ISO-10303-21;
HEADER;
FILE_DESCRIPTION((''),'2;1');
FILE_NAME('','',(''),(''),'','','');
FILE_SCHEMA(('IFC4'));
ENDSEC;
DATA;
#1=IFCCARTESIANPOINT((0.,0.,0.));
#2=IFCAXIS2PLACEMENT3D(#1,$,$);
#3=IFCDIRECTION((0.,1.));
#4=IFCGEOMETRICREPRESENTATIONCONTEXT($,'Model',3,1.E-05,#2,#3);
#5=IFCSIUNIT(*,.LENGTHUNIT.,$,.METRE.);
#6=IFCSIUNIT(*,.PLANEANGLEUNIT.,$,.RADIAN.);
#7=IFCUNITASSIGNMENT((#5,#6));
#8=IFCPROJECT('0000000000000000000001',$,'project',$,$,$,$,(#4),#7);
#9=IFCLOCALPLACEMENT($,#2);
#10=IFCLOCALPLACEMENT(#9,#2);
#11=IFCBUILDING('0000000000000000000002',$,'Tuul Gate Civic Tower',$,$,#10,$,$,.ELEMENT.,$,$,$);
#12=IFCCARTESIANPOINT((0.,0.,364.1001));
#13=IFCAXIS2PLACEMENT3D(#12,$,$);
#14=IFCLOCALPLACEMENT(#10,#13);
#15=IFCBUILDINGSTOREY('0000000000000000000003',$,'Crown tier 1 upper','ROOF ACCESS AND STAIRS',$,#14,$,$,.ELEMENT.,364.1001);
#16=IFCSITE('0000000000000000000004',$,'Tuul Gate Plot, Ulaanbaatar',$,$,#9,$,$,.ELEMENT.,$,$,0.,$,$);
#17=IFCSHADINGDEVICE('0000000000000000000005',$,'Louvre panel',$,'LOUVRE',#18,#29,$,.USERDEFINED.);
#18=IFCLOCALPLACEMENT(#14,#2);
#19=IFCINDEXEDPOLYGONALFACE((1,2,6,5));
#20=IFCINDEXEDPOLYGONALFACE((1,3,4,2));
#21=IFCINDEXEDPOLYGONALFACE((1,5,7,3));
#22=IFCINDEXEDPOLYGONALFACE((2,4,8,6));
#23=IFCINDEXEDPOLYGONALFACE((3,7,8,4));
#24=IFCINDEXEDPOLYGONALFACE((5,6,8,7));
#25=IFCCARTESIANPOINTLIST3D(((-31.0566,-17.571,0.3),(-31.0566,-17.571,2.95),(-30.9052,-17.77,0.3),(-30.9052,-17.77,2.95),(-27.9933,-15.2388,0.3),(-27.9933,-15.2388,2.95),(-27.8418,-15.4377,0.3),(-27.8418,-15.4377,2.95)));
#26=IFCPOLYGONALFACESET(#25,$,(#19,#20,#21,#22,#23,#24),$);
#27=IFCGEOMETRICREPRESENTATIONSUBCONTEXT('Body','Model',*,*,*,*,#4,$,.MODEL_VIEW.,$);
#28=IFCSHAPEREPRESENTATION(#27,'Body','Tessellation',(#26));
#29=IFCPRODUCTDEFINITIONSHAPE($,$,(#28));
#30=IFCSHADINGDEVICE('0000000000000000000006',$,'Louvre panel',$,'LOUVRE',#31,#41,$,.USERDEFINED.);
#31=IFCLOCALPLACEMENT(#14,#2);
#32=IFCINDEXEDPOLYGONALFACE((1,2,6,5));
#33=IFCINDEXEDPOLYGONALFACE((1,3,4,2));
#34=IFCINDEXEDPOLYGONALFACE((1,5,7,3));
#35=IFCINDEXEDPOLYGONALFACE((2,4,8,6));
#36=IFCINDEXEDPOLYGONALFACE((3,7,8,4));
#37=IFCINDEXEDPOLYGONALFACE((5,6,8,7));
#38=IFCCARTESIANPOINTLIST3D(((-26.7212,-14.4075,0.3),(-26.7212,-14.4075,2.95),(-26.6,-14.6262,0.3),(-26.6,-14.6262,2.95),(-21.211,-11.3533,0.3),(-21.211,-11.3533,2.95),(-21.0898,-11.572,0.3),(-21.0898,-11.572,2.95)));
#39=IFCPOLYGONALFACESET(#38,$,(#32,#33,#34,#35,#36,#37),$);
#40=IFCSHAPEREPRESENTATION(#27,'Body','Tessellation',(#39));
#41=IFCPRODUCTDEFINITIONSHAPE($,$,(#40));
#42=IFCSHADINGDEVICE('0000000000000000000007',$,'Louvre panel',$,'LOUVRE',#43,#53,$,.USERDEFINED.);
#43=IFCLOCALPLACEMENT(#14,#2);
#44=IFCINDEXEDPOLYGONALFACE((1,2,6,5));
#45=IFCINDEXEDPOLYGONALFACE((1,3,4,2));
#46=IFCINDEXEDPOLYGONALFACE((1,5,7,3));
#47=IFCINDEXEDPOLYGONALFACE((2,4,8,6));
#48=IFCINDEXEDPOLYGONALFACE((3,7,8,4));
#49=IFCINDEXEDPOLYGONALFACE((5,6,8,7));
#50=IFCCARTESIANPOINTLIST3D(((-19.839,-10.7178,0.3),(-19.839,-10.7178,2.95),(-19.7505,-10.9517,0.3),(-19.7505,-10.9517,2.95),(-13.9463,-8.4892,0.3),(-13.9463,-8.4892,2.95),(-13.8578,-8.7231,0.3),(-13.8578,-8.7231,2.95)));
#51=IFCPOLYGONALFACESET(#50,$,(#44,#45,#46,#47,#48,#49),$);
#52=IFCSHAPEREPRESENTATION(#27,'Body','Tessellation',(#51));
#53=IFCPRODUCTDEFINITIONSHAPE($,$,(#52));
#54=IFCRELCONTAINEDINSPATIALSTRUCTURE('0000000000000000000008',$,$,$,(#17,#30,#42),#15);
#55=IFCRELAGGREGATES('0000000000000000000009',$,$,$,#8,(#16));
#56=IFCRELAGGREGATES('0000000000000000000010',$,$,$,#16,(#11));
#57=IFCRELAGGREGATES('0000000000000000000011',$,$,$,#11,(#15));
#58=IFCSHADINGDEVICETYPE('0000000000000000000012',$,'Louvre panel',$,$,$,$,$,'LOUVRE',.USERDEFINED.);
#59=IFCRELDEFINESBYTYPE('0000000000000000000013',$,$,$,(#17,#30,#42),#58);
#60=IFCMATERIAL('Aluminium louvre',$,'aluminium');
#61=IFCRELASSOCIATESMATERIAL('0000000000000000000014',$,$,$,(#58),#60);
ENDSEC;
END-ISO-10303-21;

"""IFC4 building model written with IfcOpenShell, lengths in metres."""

from ifc_helpers import new_model, si_unit, direction, frame, origin, origin_2d, place, context, subcontext, project, spatial, rectangle, extrude, material, type_object, element, save


model = new_model("IFC4")

# Units and contexts
model_context = context("Model", 3, precision=1e-05, world=origin(), true_north=direction((0.0, 1.0)))
body_context = subcontext(model_context, "Body", "Model", "MODEL_VIEW")
ifc_project = project(units=[si_unit("LENGTHUNIT", "METRE"), si_unit("PLANEANGLEUNIT", "RADIAN")], contexts=[model_context])

# Site, building, storey
site_placement = place(None, origin())
site = spatial("IfcSite", under=ifc_project, at=site_placement, Name="Tuul Gate Plot, Ulaanbaatar", CompositionType="ELEMENT", RefElevation=0.0)
building_placement = place(site_placement, origin())
building = spatial("IfcBuilding", under=site, at=building_placement, Name="Tuul Gate Civic Tower", CompositionType="ELEMENT")
storey_placement = place(building_placement, frame((0.0, 0.0, 364.1001)))
storey = spatial("IfcBuildingStorey", under=building, at=storey_placement, Name="Crown tier 1 upper", Description="ROOF ACCESS AND STAIRS", CompositionType="ELEMENT", Elevation=364.1001)

# Shading devices
ifc_material_1 = material(Name="Aluminium louvre", Category="aluminium")
shading_device_type = type_object("IfcShadingDeviceType", Name="Louvre panel", ElementType="LOUVRE", PredefinedType="USERDEFINED", material=ifc_material_1)
shading_device_1_placement = place(storey_placement, frame((-29.4492, -16.5044, 0.3), z_axis=(0.0, 0.0, 1.0), x_axis=(0.605752, -0.795653, 0.0)))
element("IfcShadingDevice", 1, at=shading_device_1_placement, inside=storey, type_object=shading_device_type, Name="Louvre panel", ObjectType="LOUVRE", PredefinedType="USERDEFINED", context=body_context, shape_type="SweptSolid", body=[
    extrude(rectangle(XDim=0.25, YDim=3.8501, at=origin_2d()), origin(), (0.0, 0.0, 1.0), 2.6499),
])
for number, where, z_axis, x_axis, name in (
    (2, (-23.9055, -12.9897, 0.3), (0.0, 0.0, 1.0), (0.484784, -0.874634, 0.0), "Louvre panel"),
    (3, (-16.8484, -9.7205, 0.3), (0.0, 0.0, 1.0), (0.353744, -0.935342, 0.0), "Louvre panel"),
):
    element("IfcShadingDevice", number, at=place(storey_placement, frame(where, z_axis=z_axis, x_axis=x_axis)), inside=storey, type_object=shading_device_type, Name=name, ObjectType="LOUVRE", PredefinedType="USERDEFINED", context=body_context, shape_type="SweptSolid", body=[
        extrude(rectangle(XDim=0.25, YDim=6.3, at=origin_2d()), origin(), (0.0, 0.0, 1.0), 2.6499),
    ])

save(model, "model.ifc")
